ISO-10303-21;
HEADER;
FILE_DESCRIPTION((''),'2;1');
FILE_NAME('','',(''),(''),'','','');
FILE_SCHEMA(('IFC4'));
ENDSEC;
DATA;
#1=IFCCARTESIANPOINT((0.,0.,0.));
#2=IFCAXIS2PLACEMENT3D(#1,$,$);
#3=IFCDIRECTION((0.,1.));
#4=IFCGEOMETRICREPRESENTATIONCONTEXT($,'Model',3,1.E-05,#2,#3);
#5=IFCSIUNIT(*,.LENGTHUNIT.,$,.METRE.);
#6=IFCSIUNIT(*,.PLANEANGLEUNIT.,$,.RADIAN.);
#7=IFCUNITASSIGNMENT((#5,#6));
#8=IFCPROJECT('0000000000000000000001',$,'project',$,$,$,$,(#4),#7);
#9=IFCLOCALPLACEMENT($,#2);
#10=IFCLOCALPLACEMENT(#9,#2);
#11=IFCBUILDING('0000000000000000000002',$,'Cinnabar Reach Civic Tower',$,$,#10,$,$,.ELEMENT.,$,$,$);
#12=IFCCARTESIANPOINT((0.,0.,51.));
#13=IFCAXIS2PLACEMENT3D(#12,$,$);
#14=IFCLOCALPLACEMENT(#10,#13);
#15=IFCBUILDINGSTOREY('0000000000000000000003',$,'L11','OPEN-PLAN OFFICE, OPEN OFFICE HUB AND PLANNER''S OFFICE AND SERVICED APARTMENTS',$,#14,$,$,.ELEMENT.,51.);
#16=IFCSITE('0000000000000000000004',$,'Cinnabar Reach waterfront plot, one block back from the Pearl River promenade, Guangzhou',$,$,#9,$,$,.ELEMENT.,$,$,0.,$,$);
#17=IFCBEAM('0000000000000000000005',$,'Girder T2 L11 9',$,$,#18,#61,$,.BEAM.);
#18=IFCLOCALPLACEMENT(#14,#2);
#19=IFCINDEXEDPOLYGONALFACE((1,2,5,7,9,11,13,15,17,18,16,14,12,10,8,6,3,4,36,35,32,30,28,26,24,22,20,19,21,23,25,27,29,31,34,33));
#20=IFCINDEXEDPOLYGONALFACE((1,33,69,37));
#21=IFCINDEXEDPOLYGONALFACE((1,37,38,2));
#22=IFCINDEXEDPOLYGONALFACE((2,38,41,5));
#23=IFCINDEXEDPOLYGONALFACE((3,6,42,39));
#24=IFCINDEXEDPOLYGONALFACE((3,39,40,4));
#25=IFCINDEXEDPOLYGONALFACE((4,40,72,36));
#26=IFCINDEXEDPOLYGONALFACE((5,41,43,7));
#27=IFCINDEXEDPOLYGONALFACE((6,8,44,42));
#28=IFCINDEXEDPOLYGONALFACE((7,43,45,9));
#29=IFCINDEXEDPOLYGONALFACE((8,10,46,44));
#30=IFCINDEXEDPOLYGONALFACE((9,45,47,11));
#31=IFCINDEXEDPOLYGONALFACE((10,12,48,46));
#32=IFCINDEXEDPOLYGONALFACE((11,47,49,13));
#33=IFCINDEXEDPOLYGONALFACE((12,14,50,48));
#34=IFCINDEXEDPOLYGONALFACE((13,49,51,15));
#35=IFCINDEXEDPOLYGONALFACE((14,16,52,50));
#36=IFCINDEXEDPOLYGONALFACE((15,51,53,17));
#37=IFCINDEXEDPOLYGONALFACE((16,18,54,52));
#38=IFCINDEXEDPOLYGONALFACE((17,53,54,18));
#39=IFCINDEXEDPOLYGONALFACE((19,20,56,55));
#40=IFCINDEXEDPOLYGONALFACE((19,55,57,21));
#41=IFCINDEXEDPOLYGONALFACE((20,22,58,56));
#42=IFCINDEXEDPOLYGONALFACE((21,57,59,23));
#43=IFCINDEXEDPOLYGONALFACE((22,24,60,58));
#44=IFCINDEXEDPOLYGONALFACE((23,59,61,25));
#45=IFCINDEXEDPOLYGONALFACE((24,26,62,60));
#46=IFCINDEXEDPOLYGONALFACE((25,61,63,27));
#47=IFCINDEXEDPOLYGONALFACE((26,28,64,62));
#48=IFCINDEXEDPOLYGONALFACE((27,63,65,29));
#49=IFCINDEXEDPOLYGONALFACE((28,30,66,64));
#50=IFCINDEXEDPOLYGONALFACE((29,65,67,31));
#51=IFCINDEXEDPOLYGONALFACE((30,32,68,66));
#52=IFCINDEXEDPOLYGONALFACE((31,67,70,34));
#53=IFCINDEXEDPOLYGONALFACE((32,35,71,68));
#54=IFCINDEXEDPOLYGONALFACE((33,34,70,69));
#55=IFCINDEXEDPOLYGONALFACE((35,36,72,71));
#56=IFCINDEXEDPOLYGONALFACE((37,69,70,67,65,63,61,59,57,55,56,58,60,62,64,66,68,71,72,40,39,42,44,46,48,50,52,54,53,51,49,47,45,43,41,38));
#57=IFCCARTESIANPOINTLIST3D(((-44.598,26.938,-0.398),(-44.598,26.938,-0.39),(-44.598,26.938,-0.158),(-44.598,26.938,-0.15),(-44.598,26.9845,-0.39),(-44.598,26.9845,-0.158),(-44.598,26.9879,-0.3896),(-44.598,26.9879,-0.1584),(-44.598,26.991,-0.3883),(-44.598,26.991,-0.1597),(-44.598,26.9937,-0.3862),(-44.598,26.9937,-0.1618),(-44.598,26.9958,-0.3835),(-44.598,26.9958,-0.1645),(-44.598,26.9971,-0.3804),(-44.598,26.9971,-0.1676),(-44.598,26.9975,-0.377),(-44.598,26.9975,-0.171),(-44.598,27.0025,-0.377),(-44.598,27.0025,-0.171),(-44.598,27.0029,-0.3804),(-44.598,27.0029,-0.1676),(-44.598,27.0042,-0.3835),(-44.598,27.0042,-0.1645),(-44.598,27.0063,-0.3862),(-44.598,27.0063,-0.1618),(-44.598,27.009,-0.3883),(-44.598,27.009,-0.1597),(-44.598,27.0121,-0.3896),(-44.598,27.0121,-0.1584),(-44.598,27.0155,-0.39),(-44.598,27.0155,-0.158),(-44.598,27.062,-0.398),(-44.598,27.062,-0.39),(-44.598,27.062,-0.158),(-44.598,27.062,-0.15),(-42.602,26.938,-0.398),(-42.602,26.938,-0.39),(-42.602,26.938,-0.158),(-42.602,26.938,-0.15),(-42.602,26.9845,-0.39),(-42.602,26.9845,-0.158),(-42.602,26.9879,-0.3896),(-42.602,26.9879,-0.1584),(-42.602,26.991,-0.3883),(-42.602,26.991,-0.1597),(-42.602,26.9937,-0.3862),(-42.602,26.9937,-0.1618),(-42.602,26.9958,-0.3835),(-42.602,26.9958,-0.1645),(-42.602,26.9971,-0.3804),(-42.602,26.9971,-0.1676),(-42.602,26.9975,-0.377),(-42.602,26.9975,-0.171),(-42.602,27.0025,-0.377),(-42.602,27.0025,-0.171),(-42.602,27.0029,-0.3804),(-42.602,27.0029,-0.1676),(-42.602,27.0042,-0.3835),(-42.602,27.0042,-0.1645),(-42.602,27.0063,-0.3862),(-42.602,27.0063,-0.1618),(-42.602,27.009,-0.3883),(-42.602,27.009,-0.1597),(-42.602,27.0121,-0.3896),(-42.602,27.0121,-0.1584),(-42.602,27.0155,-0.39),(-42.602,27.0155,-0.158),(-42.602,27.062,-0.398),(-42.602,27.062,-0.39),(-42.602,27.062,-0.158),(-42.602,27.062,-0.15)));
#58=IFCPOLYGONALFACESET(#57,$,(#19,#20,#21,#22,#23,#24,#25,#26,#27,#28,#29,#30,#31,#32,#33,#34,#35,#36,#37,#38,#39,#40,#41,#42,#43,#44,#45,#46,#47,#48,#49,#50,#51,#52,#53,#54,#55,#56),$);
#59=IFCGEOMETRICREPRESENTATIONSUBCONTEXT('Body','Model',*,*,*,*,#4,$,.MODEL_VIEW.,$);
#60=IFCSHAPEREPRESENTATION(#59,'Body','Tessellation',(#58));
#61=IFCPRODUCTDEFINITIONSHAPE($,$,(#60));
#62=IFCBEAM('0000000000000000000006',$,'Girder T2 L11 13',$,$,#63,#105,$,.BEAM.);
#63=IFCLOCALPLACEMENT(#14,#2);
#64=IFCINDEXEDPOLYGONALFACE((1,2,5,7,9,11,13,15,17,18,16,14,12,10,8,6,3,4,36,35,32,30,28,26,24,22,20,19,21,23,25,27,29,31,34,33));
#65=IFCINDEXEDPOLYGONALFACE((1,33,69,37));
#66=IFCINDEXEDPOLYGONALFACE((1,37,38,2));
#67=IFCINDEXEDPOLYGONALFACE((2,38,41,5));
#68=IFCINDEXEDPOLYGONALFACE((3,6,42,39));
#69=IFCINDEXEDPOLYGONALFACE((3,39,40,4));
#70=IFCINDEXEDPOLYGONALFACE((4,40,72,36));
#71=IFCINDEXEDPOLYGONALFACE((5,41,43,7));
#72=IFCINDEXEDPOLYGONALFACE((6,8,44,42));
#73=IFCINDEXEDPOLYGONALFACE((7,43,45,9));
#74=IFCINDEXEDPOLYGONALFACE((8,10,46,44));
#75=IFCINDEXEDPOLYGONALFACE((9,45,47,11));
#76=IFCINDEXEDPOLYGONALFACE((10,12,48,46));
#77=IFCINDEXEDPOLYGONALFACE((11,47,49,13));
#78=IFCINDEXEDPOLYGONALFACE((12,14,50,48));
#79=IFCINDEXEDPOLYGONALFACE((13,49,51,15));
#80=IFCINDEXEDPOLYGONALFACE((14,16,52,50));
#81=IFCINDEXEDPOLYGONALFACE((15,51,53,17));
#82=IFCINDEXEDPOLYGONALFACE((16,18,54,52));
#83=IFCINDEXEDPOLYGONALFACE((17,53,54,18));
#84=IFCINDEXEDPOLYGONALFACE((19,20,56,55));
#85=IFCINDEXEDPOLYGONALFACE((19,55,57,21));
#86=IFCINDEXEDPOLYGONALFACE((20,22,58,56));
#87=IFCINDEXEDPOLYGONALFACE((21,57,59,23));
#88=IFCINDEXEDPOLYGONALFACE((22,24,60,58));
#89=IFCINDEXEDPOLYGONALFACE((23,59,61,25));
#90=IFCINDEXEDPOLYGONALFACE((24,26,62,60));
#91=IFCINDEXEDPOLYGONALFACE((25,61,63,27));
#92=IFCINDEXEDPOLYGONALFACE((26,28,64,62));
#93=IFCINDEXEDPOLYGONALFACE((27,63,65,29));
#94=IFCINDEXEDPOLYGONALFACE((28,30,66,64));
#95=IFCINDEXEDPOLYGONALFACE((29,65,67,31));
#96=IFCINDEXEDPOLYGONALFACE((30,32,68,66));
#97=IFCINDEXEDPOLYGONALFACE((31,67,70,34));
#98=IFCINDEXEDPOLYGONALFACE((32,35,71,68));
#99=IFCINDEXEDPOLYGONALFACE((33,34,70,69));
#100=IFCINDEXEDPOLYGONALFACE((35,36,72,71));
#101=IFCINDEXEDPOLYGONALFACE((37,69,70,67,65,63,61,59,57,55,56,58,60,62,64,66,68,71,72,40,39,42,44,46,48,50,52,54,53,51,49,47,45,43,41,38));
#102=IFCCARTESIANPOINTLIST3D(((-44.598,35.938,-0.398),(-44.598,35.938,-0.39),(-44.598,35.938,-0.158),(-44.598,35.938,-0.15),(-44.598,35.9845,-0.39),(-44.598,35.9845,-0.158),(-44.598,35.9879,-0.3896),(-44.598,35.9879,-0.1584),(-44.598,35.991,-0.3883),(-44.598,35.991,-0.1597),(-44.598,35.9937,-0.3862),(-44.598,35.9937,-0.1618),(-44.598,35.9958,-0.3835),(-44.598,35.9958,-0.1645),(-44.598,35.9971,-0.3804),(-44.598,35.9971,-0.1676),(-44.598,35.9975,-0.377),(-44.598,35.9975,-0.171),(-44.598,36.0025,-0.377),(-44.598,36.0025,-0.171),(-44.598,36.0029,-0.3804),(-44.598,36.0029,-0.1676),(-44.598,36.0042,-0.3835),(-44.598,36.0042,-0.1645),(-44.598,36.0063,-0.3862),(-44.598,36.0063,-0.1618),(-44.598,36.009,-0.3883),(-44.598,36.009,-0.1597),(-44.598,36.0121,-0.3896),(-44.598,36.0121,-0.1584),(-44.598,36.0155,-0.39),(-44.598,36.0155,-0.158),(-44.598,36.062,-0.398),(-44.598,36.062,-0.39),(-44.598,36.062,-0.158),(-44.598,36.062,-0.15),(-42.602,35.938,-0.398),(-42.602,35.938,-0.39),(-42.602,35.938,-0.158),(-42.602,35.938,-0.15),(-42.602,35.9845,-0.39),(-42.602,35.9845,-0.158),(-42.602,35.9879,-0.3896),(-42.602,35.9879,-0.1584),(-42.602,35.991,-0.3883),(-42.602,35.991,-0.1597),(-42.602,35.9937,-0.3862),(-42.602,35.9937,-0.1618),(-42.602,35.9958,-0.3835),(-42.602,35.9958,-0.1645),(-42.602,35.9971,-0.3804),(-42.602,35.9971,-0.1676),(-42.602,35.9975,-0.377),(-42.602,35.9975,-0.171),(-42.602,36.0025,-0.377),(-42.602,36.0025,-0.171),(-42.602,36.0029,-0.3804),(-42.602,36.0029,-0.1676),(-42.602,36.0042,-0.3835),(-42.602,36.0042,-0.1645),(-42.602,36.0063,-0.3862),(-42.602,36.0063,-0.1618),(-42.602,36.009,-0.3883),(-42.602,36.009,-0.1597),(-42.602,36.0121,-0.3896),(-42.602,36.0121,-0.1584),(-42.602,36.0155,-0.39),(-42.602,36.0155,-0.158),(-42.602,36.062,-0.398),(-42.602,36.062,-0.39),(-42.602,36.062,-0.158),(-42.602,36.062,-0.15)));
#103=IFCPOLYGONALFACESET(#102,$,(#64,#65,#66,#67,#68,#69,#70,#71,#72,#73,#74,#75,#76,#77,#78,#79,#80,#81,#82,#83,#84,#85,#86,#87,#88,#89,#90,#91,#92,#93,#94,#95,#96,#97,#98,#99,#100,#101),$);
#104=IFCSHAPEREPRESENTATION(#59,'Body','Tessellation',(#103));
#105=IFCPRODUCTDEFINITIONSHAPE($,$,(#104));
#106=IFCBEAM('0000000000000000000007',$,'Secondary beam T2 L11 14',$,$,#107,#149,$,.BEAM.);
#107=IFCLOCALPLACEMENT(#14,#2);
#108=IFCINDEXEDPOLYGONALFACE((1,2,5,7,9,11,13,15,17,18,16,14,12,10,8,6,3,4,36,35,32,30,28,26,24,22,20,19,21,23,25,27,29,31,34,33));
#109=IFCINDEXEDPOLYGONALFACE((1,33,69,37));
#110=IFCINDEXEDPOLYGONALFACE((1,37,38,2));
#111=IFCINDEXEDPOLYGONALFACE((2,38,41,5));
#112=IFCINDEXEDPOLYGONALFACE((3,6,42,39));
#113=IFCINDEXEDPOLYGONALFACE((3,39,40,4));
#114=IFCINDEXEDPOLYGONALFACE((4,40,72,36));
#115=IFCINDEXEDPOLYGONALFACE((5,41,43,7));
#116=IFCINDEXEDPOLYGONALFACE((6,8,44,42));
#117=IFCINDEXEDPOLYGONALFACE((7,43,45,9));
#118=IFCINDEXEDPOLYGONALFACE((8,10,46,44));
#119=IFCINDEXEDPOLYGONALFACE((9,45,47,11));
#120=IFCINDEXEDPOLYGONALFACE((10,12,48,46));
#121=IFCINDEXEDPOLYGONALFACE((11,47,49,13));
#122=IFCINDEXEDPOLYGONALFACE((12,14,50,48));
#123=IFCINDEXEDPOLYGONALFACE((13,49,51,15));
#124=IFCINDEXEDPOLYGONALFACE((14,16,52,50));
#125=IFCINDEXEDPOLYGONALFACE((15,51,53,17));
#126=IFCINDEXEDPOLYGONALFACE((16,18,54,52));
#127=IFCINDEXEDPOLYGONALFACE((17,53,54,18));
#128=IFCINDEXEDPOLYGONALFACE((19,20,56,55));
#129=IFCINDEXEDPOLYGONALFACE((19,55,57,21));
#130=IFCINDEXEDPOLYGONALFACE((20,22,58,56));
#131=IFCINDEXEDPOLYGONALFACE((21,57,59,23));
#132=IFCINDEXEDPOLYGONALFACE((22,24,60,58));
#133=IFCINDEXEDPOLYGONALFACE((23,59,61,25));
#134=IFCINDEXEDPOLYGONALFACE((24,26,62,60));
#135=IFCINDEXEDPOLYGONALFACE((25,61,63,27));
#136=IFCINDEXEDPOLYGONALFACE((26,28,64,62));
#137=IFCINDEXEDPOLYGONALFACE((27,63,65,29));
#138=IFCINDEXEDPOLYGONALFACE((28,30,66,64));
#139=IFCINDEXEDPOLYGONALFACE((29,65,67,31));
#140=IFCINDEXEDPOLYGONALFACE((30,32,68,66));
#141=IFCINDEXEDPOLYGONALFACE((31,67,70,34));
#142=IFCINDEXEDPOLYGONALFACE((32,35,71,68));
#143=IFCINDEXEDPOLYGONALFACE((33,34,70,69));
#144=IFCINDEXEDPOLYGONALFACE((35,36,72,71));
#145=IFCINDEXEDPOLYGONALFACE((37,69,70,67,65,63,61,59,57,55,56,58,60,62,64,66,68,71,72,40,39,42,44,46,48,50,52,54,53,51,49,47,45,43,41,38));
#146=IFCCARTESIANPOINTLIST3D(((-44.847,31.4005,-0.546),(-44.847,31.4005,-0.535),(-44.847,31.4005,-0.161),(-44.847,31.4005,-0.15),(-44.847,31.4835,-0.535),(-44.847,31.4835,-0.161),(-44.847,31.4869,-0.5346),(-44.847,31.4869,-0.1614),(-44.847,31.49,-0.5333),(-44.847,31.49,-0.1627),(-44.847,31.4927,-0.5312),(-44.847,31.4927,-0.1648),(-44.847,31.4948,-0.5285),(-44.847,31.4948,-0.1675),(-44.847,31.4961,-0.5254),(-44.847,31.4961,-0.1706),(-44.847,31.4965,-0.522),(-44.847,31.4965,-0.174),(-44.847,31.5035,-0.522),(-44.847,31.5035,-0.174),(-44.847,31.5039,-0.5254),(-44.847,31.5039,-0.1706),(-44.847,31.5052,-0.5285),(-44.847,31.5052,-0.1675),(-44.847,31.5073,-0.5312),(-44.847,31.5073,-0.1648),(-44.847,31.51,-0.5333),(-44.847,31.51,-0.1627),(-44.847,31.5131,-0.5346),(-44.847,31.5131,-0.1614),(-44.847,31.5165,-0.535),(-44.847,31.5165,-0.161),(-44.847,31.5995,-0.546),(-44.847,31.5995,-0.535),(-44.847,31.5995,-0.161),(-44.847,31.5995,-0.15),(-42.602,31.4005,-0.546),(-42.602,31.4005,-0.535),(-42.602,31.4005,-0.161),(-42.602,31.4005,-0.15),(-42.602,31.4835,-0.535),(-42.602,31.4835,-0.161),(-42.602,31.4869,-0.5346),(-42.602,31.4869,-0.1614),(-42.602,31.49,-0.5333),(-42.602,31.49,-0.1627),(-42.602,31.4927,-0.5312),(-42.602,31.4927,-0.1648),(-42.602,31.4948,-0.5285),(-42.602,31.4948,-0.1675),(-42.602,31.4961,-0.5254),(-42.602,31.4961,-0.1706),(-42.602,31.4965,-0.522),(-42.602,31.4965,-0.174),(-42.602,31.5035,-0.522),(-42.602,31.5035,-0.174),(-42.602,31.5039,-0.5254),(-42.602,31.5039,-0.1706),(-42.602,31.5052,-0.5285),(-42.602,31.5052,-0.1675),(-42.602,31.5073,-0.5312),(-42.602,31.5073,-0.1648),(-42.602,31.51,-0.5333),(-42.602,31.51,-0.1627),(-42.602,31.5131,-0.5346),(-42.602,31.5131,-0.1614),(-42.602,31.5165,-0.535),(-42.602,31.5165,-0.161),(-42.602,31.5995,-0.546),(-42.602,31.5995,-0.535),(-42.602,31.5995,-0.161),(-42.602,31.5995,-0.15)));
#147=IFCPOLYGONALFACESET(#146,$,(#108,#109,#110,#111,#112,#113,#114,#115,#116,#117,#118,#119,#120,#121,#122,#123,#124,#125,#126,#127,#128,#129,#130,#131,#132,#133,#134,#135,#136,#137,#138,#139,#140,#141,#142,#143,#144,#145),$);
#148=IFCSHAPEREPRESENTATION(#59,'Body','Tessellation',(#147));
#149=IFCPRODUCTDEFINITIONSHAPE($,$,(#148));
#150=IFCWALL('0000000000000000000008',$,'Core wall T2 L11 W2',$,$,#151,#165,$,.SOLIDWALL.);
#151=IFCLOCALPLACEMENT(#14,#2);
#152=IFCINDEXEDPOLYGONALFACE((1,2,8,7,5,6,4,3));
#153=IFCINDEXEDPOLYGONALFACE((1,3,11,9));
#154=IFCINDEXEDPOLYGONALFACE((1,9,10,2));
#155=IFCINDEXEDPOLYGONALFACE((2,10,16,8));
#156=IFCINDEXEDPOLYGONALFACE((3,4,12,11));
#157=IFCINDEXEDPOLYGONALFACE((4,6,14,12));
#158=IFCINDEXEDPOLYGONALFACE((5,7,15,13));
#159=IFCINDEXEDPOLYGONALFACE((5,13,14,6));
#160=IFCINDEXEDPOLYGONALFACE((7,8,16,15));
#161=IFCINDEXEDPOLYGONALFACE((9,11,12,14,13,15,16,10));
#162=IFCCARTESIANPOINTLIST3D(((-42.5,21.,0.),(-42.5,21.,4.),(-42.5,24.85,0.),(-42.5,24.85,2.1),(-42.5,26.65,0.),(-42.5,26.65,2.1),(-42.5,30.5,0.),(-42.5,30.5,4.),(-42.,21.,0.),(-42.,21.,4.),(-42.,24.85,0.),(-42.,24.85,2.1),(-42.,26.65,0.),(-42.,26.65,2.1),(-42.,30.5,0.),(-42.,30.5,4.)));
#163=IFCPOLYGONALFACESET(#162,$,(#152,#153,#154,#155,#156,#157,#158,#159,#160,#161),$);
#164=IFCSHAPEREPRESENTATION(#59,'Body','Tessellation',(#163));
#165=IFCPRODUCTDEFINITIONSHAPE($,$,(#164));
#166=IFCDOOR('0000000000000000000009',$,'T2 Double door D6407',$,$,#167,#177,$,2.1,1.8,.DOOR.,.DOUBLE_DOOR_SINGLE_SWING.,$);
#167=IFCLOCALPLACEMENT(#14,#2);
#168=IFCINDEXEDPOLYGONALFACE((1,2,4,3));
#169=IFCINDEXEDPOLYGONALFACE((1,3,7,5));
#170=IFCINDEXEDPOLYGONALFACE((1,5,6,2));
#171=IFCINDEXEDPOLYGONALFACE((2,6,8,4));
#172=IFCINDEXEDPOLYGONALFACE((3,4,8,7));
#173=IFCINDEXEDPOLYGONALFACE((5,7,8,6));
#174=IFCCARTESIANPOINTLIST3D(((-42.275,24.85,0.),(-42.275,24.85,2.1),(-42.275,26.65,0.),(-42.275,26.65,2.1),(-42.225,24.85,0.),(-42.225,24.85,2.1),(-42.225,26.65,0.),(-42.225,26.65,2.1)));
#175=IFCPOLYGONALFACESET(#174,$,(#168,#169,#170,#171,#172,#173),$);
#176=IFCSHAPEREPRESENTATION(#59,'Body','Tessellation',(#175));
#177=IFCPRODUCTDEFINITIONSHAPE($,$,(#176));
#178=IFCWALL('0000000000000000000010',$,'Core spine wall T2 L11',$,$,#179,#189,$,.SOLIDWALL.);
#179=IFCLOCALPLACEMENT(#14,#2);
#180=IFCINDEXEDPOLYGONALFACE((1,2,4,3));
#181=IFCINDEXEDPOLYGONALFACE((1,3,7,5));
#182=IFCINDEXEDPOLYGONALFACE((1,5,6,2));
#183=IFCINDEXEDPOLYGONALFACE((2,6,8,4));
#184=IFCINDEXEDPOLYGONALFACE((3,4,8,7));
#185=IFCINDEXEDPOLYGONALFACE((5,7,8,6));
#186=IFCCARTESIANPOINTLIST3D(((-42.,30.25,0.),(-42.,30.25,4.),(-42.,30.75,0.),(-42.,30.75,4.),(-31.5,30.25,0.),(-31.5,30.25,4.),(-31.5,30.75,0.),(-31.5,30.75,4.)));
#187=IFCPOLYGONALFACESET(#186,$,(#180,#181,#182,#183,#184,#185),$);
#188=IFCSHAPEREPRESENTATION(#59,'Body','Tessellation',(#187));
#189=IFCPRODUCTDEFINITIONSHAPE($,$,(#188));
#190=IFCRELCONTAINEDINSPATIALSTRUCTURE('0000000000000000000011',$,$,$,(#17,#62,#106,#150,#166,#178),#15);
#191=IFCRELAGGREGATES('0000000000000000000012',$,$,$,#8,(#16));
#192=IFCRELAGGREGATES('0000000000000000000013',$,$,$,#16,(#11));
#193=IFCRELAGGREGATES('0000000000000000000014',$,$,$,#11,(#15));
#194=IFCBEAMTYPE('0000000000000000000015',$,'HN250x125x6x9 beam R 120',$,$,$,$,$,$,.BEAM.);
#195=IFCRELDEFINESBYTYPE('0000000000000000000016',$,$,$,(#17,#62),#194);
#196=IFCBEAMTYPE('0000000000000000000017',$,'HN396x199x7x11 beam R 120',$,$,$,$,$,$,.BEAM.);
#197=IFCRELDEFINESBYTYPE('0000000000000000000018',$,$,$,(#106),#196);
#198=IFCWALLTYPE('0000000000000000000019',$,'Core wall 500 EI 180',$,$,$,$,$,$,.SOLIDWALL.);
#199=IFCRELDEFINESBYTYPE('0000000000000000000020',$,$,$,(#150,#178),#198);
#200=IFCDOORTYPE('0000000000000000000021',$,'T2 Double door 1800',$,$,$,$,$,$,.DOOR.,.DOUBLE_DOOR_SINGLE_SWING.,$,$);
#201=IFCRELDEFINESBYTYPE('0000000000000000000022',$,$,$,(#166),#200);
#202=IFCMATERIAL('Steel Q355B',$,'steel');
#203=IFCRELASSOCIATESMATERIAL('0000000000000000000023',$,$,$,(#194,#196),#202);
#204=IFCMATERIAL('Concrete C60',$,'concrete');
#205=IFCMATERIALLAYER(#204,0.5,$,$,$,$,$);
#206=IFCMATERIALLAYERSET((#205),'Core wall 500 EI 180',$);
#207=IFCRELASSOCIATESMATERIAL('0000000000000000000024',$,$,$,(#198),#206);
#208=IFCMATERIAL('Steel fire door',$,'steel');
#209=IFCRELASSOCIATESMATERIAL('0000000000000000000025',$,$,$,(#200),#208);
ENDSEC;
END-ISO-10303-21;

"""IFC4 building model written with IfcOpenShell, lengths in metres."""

from ifc_helpers import new_model, si_unit, direction, frame, frame_2d, origin, origin_2d, place, context, subcontext, project, spatial, rectangle, i_section, extrude, material, layer, layer_set, material_profile, profile_set, type_object, element, fill, save


model = new_model("IFC4")

# Units and contexts
model_context = context("Model", 3, precision=1e-05, world=origin(), true_north=direction((0.0, 1.0)))
body_context = subcontext(model_context, "Body", "Model", "MODEL_VIEW")
ifc_project = project(units=[si_unit("LENGTHUNIT", "METRE"), si_unit("PLANEANGLEUNIT", "RADIAN")], contexts=[model_context])

# Site, building, storey
site_placement = place(None, origin())
site = spatial("IfcSite", under=ifc_project, at=site_placement, Name="Cinnabar Reach waterfront plot, one block back from the Pearl River promenade, Guangzhou", CompositionType="ELEMENT", RefElevation=0.0)
building_placement = place(site_placement, origin())
building = spatial("IfcBuilding", under=site, at=building_placement, Name="Cinnabar Reach Civic Tower", CompositionType="ELEMENT")
storey_placement = place(building_placement, frame((0.0, 0.0, 51.0)))
storey = spatial("IfcBuildingStorey", under=building, at=storey_placement, Name="L11", Description="OPEN-PLAN OFFICE, OPEN OFFICE HUB AND PLANNER'S OFFICE AND SERVICED APARTMENTS", CompositionType="ELEMENT", Elevation=51.0)

# Beams
ifc_material_1 = material(Name="Steel Q355B", Category="steel")
ifc_material_profile_1 = material_profile(ifc_material_1, i_section(OverallWidth=0.124, OverallDepth=0.248, WebThickness=0.005, FlangeThickness=0.008, FilletRadius=0.013, at=origin_2d()), Name="HN250x125x6x9")
ifc_profile_set_1 = profile_set([ifc_material_profile_1], Name="Steel Q355B")
beam_type_1 = type_object("IfcBeamType", Name="HN250x125x6x9 beam R 120", PredefinedType="BEAM", material=ifc_profile_set_1)
for number, where, z_axis, x_axis, name in (
    (1, (-44.598, 27.0, -0.274), (1.0, 0.0, 0.0), (0.0, 1.0, 0.0), "Girder T2 L11 9"),
    (2, (-44.598, 36.0, -0.274), (1.0, 0.0, 0.0), (0.0, 1.0, 0.0), "Girder T2 L11 13"),
):
    element("IfcBeam", number, at=place(storey_placement, frame(where, z_axis=z_axis, x_axis=x_axis)), inside=storey, type_object=beam_type_1, Name=name, PredefinedType="BEAM", context=body_context, shape_type="SweptSolid", body=[
        extrude(i_section(OverallWidth=0.124, OverallDepth=0.248, WebThickness=0.005, FlangeThickness=0.008, FilletRadius=0.013, at=origin_2d()), origin(), (0.0, 0.0, 1.0), 1.996),
    ])
ifc_material_profile_2 = material_profile(ifc_material_1, i_section(OverallWidth=0.199, OverallDepth=0.396, WebThickness=0.007, FlangeThickness=0.011, FilletRadius=0.013, at=origin_2d()), Name="HN396x199x7x11")
ifc_profile_set_2 = profile_set([ifc_material_profile_2], Name="Steel Q355B")
beam_type_2 = type_object("IfcBeamType", Name="HN396x199x7x11 beam R 120", PredefinedType="BEAM", material=ifc_profile_set_2)
beam_placement = place(storey_placement, frame((-44.847, 31.5, -0.348), z_axis=(1.0, 0.0, 0.0), x_axis=(0.0, 1.0, 0.0)))
element("IfcBeam", 3, at=beam_placement, inside=storey, type_object=beam_type_2, Name="Secondary beam T2 L11 14", PredefinedType="BEAM", context=body_context, shape_type="SweptSolid", body=[
    extrude(i_section(OverallWidth=0.199, OverallDepth=0.396, WebThickness=0.007, FlangeThickness=0.011, FilletRadius=0.013, at=origin_2d()), origin(), (0.0, 0.0, 1.0), 2.245),
])

# Wall, opening, door
ifc_material_2 = material(Name="Concrete C60", Category="concrete")
ifc_layer_1 = layer(ifc_material_2, 0.5)
ifc_layer_set_1 = layer_set([ifc_layer_1], Name="Core wall 500 EI 180")
wall_type_1 = type_object("IfcWallType", Name="Core wall 500 EI 180", PredefinedType="SOLIDWALL", material=ifc_layer_set_1)
wall_1_placement = place(storey_placement, frame((-42.25, 30.5, 0.0), z_axis=(0.0, 0.0, 1.0), x_axis=(0.0, -1.0, 0.0)))
wall_1 = element("IfcWall", 4, at=wall_1_placement, inside=storey, type_object=wall_type_1, Name="Core wall T2 L11 W2", PredefinedType="SOLIDWALL", context=body_context, shape_type="SweptSolid", body=[
    extrude(rectangle(XDim=9.5, YDim=0.5, at=frame_2d((4.75, 0.0))), origin(), (0.0, 0.0, 1.0), 4.0),
])
opening_1_placement = place(wall_1_placement, frame((3.85, 0.0, 0.0)))
opening_1 = element("IfcOpeningElement", 5, at=opening_1_placement, cuts=wall_1, PredefinedType="OPENING", context=body_context, shape_type="SweptSolid", body=[
    extrude(rectangle(XDim=1.8, YDim=2.1, at=frame_2d((0.9, 1.05))), frame((0.0, 0.26, 0.0), z_axis=(0.0, -1.0, 0.0), x_axis=(1.0, 0.0, 0.0)), (0.0, 0.0, 1.0), 0.52),
])
ifc_material_3 = material(Name="Steel fire door", Category="steel")
door_type_1 = type_object("IfcDoorType", Name="T2 Double door 1800", OperationType="DOUBLE_DOOR_SINGLE_SWING", PredefinedType="DOOR", material=ifc_material_3)
door_1_placement = place(opening_1_placement, origin())
door_1 = element("IfcDoor", 6, at=door_1_placement, inside=storey, type_object=door_type_1, Name="T2 Double door D6407", OperationType="DOUBLE_DOOR_SINGLE_SWING", OverallHeight=2.1, OverallWidth=1.8, PredefinedType="DOOR", context=body_context, shape_type="SweptSolid", body=[
    extrude(rectangle(XDim=1.8, YDim=2.1, at=frame_2d((0.9, 1.05))), frame((0.0, 0.025, 0.0), z_axis=(0.0, -1.0, 0.0), x_axis=(1.0, 0.0, 0.0)), (0.0, 0.0, 1.0), 0.05),
])
fill(opening_1, door_1)

# Wall
wall_2_placement = place(storey_placement, frame((-42.0, 30.5, 0.0), z_axis=(0.0, 0.0, 1.0), x_axis=(1.0, 0.0, 0.0)))
element("IfcWall", 7, at=wall_2_placement, inside=storey, type_object=wall_type_1, Name="Core spine wall T2 L11", PredefinedType="SOLIDWALL", context=body_context, shape_type="SweptSolid", body=[
    extrude(rectangle(XDim=10.5, YDim=0.5, at=frame_2d((5.25, 0.0))), origin(), (0.0, 0.0, 1.0), 4.0),
])

save(model, "model.ifc")
